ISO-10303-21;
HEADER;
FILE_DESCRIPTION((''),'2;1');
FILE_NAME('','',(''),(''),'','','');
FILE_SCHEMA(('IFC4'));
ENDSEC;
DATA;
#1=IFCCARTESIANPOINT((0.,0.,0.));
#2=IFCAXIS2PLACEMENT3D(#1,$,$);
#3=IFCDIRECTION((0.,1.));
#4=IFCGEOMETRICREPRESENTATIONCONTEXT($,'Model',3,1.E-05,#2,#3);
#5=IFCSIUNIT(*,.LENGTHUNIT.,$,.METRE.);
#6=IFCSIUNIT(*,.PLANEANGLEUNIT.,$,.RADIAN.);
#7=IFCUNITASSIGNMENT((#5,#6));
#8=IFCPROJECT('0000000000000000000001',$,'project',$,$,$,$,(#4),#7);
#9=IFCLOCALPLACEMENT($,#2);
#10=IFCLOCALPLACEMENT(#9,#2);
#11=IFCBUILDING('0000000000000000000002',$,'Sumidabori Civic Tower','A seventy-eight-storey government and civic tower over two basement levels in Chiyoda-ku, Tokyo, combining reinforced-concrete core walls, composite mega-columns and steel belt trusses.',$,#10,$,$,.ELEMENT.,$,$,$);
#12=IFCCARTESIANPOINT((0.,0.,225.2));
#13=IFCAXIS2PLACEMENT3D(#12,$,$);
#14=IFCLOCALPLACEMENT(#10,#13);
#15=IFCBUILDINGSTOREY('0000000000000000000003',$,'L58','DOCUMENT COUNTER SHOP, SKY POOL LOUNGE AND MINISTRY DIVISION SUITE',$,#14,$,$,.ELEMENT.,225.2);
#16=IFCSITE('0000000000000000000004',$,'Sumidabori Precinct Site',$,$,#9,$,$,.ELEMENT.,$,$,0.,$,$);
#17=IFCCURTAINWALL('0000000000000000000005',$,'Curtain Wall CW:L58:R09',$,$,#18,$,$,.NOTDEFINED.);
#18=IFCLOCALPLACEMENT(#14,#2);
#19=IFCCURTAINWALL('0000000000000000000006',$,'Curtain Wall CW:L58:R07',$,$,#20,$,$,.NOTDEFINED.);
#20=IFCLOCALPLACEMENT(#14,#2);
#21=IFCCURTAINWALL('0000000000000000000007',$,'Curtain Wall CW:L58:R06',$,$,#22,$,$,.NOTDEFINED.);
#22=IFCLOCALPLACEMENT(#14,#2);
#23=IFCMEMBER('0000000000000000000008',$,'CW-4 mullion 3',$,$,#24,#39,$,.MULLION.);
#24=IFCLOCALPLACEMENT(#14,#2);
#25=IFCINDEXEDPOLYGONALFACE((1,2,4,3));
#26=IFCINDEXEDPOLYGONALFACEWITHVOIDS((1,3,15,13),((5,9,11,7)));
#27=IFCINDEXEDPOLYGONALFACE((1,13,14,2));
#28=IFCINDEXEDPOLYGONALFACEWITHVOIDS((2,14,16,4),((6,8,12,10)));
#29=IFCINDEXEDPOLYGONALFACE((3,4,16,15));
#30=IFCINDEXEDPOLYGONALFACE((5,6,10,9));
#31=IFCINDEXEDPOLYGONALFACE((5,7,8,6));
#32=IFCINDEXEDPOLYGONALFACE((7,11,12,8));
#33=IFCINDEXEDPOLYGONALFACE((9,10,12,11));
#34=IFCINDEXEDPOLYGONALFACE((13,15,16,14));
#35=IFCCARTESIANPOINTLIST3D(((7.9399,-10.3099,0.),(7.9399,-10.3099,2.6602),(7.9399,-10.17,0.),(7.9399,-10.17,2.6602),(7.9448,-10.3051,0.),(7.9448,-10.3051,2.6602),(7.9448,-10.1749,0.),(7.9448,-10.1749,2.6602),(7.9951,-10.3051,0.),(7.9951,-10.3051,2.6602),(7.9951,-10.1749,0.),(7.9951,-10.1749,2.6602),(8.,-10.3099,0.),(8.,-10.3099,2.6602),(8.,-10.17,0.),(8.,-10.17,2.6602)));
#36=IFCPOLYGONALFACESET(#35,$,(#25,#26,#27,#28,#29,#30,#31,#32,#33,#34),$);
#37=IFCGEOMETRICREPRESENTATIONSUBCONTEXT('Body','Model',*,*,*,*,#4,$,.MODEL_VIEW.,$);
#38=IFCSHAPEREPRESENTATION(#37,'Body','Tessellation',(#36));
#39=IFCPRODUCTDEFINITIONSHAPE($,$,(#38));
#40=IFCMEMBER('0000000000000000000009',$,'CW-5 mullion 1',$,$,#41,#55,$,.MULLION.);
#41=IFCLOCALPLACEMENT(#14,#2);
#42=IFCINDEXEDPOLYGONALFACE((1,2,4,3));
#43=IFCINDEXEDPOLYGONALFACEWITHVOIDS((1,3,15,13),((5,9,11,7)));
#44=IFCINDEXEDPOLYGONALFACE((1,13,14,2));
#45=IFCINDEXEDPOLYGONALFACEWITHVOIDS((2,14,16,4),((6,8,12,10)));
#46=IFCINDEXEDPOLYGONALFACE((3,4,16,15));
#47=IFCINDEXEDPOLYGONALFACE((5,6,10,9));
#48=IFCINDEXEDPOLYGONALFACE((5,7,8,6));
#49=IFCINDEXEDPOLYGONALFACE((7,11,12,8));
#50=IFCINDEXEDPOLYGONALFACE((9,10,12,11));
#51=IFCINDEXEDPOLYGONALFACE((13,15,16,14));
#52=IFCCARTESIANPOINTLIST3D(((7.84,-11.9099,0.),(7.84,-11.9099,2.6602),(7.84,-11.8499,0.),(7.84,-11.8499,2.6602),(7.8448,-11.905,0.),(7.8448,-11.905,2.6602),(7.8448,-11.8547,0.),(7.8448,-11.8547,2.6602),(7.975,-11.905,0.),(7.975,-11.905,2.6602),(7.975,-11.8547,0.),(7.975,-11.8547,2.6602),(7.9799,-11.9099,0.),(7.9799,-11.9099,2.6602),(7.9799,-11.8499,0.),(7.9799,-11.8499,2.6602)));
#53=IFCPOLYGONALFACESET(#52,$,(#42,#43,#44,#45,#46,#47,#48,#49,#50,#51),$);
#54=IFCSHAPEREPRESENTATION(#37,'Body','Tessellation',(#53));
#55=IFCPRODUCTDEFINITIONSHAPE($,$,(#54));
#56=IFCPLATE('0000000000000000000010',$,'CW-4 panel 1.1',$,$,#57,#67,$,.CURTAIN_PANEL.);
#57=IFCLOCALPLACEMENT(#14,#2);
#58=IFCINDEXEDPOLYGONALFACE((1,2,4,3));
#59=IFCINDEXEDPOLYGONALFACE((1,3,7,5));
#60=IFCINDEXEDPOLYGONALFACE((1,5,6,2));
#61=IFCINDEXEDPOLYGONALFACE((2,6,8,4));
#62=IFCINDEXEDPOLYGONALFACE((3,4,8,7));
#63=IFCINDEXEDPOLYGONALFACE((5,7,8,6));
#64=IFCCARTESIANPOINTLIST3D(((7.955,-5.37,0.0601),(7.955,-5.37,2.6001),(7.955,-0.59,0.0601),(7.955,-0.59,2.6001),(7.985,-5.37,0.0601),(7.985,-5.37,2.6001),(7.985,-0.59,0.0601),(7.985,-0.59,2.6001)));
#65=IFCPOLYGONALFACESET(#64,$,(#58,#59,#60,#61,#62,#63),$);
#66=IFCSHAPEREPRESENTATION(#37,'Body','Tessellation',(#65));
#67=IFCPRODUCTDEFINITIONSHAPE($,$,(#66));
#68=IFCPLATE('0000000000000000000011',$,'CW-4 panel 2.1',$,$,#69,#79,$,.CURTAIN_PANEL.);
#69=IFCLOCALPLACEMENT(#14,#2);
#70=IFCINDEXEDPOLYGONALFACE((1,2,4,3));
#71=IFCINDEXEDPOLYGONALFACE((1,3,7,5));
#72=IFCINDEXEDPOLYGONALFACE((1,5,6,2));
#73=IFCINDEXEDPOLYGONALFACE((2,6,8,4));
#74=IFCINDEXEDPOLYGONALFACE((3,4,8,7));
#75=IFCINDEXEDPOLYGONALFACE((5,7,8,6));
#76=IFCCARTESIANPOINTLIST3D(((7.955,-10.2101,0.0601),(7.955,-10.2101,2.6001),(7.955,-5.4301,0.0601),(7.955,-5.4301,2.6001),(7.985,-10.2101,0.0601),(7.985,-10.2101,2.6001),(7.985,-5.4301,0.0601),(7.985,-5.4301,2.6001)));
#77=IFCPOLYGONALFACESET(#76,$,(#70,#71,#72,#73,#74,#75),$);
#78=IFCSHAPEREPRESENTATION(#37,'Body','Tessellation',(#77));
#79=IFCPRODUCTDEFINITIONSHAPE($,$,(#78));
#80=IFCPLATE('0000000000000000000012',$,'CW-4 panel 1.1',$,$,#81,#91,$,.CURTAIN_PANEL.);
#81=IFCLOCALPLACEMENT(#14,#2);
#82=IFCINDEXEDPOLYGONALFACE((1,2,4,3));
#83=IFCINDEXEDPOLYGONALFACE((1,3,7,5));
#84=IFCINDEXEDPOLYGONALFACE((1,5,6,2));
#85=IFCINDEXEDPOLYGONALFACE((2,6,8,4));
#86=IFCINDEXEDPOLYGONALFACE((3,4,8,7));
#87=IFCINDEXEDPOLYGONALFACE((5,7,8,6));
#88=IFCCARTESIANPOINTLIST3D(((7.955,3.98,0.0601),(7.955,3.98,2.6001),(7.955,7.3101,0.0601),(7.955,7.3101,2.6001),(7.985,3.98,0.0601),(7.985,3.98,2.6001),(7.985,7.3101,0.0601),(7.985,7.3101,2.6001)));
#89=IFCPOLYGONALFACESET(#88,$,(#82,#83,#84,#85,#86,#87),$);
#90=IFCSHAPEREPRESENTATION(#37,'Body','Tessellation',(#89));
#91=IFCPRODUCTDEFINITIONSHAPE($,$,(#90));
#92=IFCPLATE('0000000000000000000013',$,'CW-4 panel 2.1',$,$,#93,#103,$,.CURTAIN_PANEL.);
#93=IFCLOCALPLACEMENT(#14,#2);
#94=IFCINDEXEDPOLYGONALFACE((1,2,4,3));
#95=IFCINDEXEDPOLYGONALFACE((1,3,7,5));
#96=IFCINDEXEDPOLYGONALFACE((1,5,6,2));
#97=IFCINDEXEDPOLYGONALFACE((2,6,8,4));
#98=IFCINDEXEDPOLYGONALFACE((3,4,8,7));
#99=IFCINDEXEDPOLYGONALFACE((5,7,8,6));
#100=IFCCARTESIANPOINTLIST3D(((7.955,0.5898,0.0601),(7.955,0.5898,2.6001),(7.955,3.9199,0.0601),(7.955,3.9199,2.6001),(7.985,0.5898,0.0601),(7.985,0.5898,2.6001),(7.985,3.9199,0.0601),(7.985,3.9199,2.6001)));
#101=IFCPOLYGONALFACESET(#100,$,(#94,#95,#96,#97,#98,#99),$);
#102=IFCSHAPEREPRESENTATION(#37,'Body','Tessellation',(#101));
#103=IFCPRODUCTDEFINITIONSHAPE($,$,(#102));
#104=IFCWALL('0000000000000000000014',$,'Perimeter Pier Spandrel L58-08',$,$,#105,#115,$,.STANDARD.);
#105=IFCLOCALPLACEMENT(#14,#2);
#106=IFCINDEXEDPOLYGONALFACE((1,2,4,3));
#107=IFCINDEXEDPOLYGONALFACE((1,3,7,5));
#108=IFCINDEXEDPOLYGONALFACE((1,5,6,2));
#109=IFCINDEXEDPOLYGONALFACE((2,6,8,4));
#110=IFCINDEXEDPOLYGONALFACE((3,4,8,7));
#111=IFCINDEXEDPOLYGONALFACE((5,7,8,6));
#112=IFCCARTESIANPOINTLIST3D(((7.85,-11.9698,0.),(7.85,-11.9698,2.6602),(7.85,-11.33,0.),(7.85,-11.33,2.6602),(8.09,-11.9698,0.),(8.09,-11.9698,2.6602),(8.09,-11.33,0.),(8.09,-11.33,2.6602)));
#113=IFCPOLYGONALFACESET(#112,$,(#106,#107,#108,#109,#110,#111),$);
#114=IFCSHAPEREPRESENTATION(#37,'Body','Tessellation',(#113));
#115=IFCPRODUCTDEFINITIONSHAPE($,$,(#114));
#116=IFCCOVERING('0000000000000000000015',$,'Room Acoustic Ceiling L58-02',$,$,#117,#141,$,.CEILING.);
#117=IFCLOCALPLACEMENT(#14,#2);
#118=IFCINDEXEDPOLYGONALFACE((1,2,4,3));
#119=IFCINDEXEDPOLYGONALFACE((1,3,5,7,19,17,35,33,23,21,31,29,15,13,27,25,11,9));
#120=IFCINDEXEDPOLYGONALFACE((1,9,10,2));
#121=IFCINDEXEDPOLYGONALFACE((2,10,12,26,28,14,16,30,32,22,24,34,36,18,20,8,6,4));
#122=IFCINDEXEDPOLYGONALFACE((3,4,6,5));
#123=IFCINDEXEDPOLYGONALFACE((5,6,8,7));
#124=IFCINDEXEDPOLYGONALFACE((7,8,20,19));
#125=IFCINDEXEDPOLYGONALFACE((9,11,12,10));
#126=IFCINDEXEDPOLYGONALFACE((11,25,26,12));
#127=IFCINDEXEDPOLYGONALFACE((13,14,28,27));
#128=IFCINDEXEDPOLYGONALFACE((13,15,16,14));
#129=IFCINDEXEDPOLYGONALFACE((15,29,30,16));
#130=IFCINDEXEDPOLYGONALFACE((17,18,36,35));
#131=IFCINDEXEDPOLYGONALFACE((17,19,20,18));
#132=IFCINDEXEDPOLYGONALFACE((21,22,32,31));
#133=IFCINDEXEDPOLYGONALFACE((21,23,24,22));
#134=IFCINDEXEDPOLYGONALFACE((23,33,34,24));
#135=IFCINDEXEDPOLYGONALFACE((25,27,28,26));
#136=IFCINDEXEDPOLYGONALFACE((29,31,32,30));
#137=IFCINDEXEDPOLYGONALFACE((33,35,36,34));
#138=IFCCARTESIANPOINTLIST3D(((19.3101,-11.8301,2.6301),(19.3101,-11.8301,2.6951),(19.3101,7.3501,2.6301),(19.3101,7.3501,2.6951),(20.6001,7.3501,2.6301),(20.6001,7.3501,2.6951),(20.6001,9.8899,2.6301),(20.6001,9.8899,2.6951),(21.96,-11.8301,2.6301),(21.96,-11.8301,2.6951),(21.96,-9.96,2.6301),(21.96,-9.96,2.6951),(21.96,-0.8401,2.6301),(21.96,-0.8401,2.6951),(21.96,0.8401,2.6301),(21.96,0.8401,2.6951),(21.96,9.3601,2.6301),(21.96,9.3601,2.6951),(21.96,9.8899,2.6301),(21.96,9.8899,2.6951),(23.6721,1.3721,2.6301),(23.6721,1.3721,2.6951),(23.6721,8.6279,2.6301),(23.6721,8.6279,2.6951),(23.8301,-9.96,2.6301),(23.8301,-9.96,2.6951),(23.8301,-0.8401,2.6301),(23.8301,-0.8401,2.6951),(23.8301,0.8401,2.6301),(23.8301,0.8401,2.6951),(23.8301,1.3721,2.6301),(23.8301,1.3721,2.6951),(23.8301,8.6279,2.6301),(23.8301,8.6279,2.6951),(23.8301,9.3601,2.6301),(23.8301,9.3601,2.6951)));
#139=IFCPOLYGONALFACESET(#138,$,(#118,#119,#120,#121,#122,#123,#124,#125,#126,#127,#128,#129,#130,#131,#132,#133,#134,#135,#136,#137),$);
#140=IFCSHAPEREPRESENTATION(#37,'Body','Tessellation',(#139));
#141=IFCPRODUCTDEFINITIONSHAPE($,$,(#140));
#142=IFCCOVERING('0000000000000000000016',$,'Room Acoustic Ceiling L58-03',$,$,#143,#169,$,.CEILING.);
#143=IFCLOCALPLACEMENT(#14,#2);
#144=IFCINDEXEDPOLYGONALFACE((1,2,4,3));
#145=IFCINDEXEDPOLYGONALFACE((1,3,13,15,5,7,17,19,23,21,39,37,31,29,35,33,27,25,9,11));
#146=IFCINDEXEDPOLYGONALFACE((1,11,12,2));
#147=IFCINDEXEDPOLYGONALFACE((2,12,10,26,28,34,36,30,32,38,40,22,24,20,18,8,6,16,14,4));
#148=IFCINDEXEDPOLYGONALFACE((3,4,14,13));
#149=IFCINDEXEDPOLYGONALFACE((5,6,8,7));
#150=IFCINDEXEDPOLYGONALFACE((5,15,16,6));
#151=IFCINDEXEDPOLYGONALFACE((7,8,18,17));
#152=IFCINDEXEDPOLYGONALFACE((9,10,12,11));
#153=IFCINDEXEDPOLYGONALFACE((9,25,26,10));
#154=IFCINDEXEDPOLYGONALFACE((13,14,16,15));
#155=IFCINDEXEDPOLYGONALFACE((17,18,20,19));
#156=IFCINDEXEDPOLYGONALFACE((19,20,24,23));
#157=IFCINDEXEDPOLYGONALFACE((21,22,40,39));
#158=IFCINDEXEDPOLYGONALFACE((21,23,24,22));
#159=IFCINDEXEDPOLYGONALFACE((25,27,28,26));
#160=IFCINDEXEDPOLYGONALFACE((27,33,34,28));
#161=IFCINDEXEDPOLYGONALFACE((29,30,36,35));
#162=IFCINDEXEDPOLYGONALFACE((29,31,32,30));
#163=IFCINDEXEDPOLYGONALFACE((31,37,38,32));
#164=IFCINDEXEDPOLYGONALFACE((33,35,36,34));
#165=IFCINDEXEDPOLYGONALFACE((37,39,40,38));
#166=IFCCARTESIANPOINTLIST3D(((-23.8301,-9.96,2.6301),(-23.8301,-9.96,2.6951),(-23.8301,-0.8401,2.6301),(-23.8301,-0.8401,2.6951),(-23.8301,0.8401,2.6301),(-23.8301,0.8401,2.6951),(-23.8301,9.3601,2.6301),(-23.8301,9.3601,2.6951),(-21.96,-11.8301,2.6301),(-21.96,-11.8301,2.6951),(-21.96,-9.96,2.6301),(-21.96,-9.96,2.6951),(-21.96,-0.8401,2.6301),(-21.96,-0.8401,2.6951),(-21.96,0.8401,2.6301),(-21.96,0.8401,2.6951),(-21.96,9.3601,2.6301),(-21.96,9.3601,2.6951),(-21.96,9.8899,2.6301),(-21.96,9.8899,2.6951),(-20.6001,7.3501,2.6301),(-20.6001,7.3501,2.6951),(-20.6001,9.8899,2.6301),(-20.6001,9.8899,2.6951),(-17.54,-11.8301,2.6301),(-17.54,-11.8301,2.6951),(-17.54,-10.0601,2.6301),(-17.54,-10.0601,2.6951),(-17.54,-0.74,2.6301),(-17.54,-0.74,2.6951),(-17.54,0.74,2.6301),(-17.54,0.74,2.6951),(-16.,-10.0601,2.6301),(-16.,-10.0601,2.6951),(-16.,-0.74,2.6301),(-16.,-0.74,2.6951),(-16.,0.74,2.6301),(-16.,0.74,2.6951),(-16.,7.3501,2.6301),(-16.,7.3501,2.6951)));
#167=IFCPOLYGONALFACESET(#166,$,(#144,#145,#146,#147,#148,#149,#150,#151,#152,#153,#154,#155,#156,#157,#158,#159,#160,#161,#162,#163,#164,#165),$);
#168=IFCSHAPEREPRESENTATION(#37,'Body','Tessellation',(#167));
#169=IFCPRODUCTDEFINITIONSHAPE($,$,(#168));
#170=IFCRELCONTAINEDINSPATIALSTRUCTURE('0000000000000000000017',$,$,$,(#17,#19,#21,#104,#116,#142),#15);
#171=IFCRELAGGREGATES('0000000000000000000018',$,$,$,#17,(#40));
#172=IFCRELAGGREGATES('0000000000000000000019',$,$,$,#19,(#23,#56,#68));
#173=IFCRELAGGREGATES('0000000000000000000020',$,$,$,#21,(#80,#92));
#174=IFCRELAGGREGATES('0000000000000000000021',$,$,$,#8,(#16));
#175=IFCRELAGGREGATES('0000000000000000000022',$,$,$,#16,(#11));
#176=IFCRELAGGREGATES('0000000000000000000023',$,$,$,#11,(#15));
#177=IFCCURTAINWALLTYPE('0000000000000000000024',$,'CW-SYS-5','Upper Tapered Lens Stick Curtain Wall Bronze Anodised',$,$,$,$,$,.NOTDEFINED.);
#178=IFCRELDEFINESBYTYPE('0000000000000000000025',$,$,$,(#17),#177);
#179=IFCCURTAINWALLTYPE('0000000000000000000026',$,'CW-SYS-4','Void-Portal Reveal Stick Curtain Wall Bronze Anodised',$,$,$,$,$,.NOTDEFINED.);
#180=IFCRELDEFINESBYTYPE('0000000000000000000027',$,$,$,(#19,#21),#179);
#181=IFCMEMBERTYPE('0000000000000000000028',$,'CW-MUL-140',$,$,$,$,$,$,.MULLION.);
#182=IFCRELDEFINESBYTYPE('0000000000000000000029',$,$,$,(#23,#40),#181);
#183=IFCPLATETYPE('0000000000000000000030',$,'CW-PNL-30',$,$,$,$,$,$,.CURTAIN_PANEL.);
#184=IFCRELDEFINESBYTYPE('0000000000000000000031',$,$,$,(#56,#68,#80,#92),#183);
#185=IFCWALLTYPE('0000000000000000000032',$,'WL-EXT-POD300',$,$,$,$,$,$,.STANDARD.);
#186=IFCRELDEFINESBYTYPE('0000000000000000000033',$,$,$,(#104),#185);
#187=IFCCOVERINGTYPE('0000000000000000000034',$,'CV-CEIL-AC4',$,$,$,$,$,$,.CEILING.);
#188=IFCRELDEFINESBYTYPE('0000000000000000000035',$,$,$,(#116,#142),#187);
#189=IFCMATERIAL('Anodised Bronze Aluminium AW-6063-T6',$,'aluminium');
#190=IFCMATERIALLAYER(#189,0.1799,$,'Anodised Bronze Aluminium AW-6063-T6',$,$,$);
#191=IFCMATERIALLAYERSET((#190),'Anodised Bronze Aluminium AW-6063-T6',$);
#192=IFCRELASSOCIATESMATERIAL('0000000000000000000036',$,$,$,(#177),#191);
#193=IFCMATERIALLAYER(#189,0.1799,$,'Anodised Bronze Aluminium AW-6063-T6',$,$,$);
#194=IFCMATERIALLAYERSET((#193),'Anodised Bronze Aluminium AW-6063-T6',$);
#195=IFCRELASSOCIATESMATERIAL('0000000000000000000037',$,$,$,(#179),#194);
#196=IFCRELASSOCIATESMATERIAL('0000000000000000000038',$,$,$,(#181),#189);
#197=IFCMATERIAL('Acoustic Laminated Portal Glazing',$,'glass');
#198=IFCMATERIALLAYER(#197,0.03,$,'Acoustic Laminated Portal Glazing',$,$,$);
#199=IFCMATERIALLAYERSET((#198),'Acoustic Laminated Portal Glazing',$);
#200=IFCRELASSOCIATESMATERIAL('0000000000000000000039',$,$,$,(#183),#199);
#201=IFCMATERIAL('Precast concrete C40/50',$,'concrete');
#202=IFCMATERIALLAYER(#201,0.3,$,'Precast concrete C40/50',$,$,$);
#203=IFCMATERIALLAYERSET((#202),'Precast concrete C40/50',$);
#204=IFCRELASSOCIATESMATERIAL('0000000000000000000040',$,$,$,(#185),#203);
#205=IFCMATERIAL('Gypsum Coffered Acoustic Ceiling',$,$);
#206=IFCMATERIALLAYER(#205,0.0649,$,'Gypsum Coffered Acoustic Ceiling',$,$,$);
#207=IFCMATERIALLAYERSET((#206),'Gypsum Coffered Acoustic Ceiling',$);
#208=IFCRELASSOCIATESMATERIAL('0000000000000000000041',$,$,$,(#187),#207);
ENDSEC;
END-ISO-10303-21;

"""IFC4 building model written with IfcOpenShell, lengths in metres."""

from ifc_helpers import new_model, si_unit, direction, frame, frame_2d, origin, origin_2d, place, context, subcontext, project, spatial, polyline, rectangle, hollow_rectangle, outline, extrude, source, transform, mapped, material, layer, layer_set, material_profile, profile_set, type_object, element, aggregate, save


model = new_model("IFC4")

# Units and contexts
model_context = context("Model", 3, precision=1e-05, world=origin(), true_north=direction((0.0, 1.0)))
body_context = subcontext(model_context, "Body", "Model", "MODEL_VIEW")
ifc_project = project(units=[si_unit("LENGTHUNIT", "METRE"), si_unit("PLANEANGLEUNIT", "RADIAN")], contexts=[model_context])

# Site, building, storey
site_placement = place(None, origin())
site = spatial("IfcSite", under=ifc_project, at=site_placement, Name="Sumidabori Precinct Site", CompositionType="ELEMENT", RefElevation=0.0)
building_placement = place(site_placement, origin())
building = spatial("IfcBuilding", under=site, at=building_placement, Name="Sumidabori Civic Tower", Description="A seventy-eight-storey government and civic tower over two basement levels in Chiyoda-ku, Tokyo, combining reinforced-concrete core walls, composite mega-columns and steel belt trusses.", CompositionType="ELEMENT")
storey_placement = place(building_placement, frame((0.0, 0.0, 225.2)))
storey = spatial("IfcBuildingStorey", under=building, at=storey_placement, Name="L58", Description="DOCUMENT COUNTER SHOP, SKY POOL LOUNGE AND MINISTRY DIVISION SUITE", CompositionType="ELEMENT", Elevation=225.2)

# Curtain walls
ifc_material_1 = material(Name="Anodised Bronze Aluminium AW-6063-T6", Category="aluminium")
ifc_layer_1 = layer(ifc_material_1, 0.1799, Name="Anodised Bronze Aluminium AW-6063-T6")
ifc_layer_set_1 = layer_set([ifc_layer_1], Name="Anodised Bronze Aluminium AW-6063-T6")
curtain_wall_type_1 = type_object("IfcCurtainWallType", Name="CW-SYS-5", Description="Upper Tapered Lens Stick Curtain Wall Bronze Anodised", PredefinedType="NOTDEFINED", material=ifc_layer_set_1)
curtain_wall_1_placement = place(storey_placement, origin())
curtain_wall_1 = element("IfcCurtainWall", 1, at=curtain_wall_1_placement, inside=storey, type_object=curtain_wall_type_1, Name="Curtain Wall CW:L58:R09", PredefinedType="NOTDEFINED")
ifc_layer_2 = layer(ifc_material_1, 0.1799, Name="Anodised Bronze Aluminium AW-6063-T6")
ifc_layer_set_2 = layer_set([ifc_layer_2], Name="Anodised Bronze Aluminium AW-6063-T6")
curtain_wall_type_2 = type_object("IfcCurtainWallType", Name="CW-SYS-4", Description="Void-Portal Reveal Stick Curtain Wall Bronze Anodised", PredefinedType="NOTDEFINED", material=ifc_layer_set_2)
curtain_wall_2_placement = place(storey_placement, origin())
curtain_wall_2 = element("IfcCurtainWall", 2, at=curtain_wall_2_placement, inside=storey, type_object=curtain_wall_type_2, Name="Curtain Wall CW:L58:R07", PredefinedType="NOTDEFINED")
curtain_wall_3_placement = place(storey_placement, origin())
curtain_wall_3 = element("IfcCurtainWall", 3, at=curtain_wall_3_placement, inside=storey, type_object=curtain_wall_type_2, Name="Curtain Wall CW:L58:R06", PredefinedType="NOTDEFINED")
ifc_material_profile_1 = material_profile(ifc_material_1, hollow_rectangle(XDim=0.0601, YDim=0.1399, WallThickness=0.0049, at=origin_2d()), Name="ALU MULLION 140x60")
ifc_profile_set_1 = profile_set([ifc_material_profile_1], Name="Anodised Bronze Aluminium AW-6063-T6")
member_type_1 = type_object("IfcMemberType", Name="CW-MUL-140", PredefinedType="MULLION", material=ifc_profile_set_1)
shared_shape_1 = source(origin(), body_context, "Body", "SweptSolid", [
    extrude(hollow_rectangle(XDim=0.0601, YDim=0.1399, WallThickness=0.0049, at=origin_2d()), origin(), (0.0, 0.0, 1.0), 2.6602),
])

# Members
member_1_placement = place(storey_placement, frame((7.97, -10.24, 0.0), z_axis=(0.0, 0.0, 1.0), x_axis=(1.0, 0.0, 0.0)))
member_1 = element("IfcMember", 4, at=member_1_placement, type_object=member_type_1, Name="CW-4 mullion 3", PredefinedType="MULLION", context=body_context, shape_type="MappedRepresentation", body=[
    mapped(shared_shape_1, transform((0.0, 0.0, 0.0), x_axis=(1.0, 0.0, 0.0), y_axis=(0.0, 1.0, 0.0), z_axis=(0.0, 0.0, 1.0), scale=1.0)),
])
member_2_placement = place(storey_placement, frame((7.9099, -11.8799, 0.0), z_axis=(0.0, 0.0, 1.0), x_axis=(0.0, 1.0, 0.0)))
member_2 = element("IfcMember", 5, at=member_2_placement, type_object=member_type_1, Name="CW-5 mullion 1", PredefinedType="MULLION", context=body_context, shape_type="MappedRepresentation", body=[
    mapped(shared_shape_1, transform((0.0, 0.0, 0.0), x_axis=(1.0, 0.0, 0.0), y_axis=(0.0, 1.0, 0.0), z_axis=(0.0, 0.0, 1.0), scale=1.0)),
])
aggregate(curtain_wall_1, [member_2])

# Plates
ifc_material_2 = material(Name="Acoustic Laminated Portal Glazing", Category="glass")
ifc_layer_3 = layer(ifc_material_2, 0.03, Name="Acoustic Laminated Portal Glazing")
ifc_layer_set_3 = layer_set([ifc_layer_3], Name="Acoustic Laminated Portal Glazing")
plate_type = type_object("IfcPlateType", Name="CW-PNL-30", PredefinedType="CURTAIN_PANEL", material=ifc_layer_set_3)
shared_shape_2 = source(origin(), body_context, "Body", "SweptSolid", [
    extrude(rectangle(XDim=4.78, YDim=0.03, at=origin_2d()), origin(), (0.0, 0.0, 1.0), 2.54),
])
plate_1_placement = place(storey_placement, frame((7.97, -2.98, 0.0601), z_axis=(0.0, 0.0, 1.0), x_axis=(0.0, -1.0, 0.0)))
plate_1 = element("IfcPlate", 6, at=plate_1_placement, type_object=plate_type, Name="CW-4 panel 1.1", PredefinedType="CURTAIN_PANEL", context=body_context, shape_type="MappedRepresentation", body=[
    mapped(shared_shape_2, transform((0.0, 0.0, 0.0), x_axis=(1.0, 0.0, 0.0), y_axis=(0.0, 1.0, 0.0), z_axis=(0.0, 0.0, 1.0), scale=1.0)),
])
plate_2_placement = place(storey_placement, frame((7.97, -7.8201, 0.0601), z_axis=(0.0, 0.0, 1.0), x_axis=(0.0, -1.0, 0.0)))
plate_2 = element("IfcPlate", 7, at=plate_2_placement, type_object=plate_type, Name="CW-4 panel 2.1", PredefinedType="CURTAIN_PANEL", context=body_context, shape_type="MappedRepresentation", body=[
    mapped(shared_shape_2, transform((0.0, 0.0, 0.0), x_axis=(1.0, 0.0, 0.0), y_axis=(0.0, 1.0, 0.0), z_axis=(0.0, 0.0, 1.0), scale=1.0)),
])
aggregate(curtain_wall_2, [member_1, plate_1, plate_2])
shared_shape_3 = source(origin(), body_context, "Body", "SweptSolid", [
    extrude(rectangle(XDim=3.3301, YDim=0.03, at=origin_2d()), origin(), (0.0, 0.0, 1.0), 2.54),
])
plate_3_placement = place(storey_placement, frame((7.97, 5.645, 0.0601), z_axis=(0.0, 0.0, 1.0), x_axis=(0.0, -1.0, 0.0)))
plate_3 = element("IfcPlate", 8, at=plate_3_placement, type_object=plate_type, Name="CW-4 panel 1.1", PredefinedType="CURTAIN_PANEL", context=body_context, shape_type="MappedRepresentation", body=[
    mapped(shared_shape_3, transform((0.0, 0.0, 0.0), x_axis=(1.0, 0.0, 0.0), y_axis=(0.0, 1.0, 0.0), z_axis=(0.0, 0.0, 1.0), scale=1.0)),
])
plate_4_placement = place(storey_placement, frame((7.97, 2.2549, 0.0601), z_axis=(0.0, 0.0, 1.0), x_axis=(0.0, -1.0, 0.0)))
plate_4 = element("IfcPlate", 9, at=plate_4_placement, type_object=plate_type, Name="CW-4 panel 2.1", PredefinedType="CURTAIN_PANEL", context=body_context, shape_type="MappedRepresentation", body=[
    mapped(shared_shape_3, transform((0.0, 0.0, 0.0), x_axis=(1.0, 0.0, 0.0), y_axis=(0.0, 1.0, 0.0), z_axis=(0.0, 0.0, 1.0), scale=1.0)),
])
aggregate(curtain_wall_3, [plate_3, plate_4])

# Wall
ifc_material_3 = material(Name="Precast concrete C40/50", Category="concrete")
ifc_layer_4 = layer(ifc_material_3, 0.3, Name="Precast concrete C40/50")
ifc_layer_set_4 = layer_set([ifc_layer_4], Name="Precast concrete C40/50")
wall_type = type_object("IfcWallType", Name="WL-EXT-POD300", PredefinedType="STANDARD", material=ifc_layer_set_4)
shared_shape_4 = source(origin(), body_context, "Body", "SweptSolid", [
    extrude(rectangle(XDim=0.6399, YDim=0.24, at=frame_2d((0.3198, 0.0))), origin(), (0.0, 0.0, 1.0), 2.6602),
])
wall_placement = place(storey_placement, frame((7.97, -11.3301, 0.0), z_axis=(0.0, 0.0, 1.0), x_axis=(0.0, -1.0, 0.0)))
element("IfcWall", 10, at=wall_placement, inside=storey, type_object=wall_type, Name="Perimeter Pier Spandrel L58-08", PredefinedType="STANDARD", context=body_context, shape_type="MappedRepresentation", body=[
    mapped(shared_shape_4, transform((0.0, 0.0, 0.0), x_axis=(1.0, 0.0, 0.0), y_axis=(0.0, 1.0, 0.0), z_axis=(0.0, 0.0, 1.0), scale=1.0)),
])

# Coverings
ifc_material_4 = material(Name="Gypsum Coffered Acoustic Ceiling")
ifc_layer_5 = layer(ifc_material_4, 0.0649, Name="Gypsum Coffered Acoustic Ceiling")
ifc_layer_set_5 = layer_set([ifc_layer_5], Name="Gypsum Coffered Acoustic Ceiling")
covering_type_1 = type_object("IfcCoveringType", Name="CV-CEIL-AC4", PredefinedType="CEILING", material=ifc_layer_set_5)
covering_1_placement = place(storey_placement, frame((0.0, 0.0, 2.6301)))
element("IfcCovering", 11, at=covering_1_placement, inside=storey, type_object=covering_type_1, Name="Room Acoustic Ceiling L58-02", PredefinedType="CEILING", context=body_context, shape_type="SweptSolid", body=[
    extrude(outline(polyline([(20.6001, 7.3501), (20.6001, 9.8899), (21.96, 9.8899), (21.96, 9.3601), (23.8301, 9.3601), (23.8301, 8.6279), (23.6721, 8.6279), (23.6721, 1.3721), (23.8301, 1.3721), (23.8301, 0.8401), (21.96, 0.8401), (21.96, -0.8401), (23.8301, -0.8401), (23.8301, -9.96), (21.96, -9.96), (21.96, -11.8301), (19.3101, -11.8301), (19.3101, 7.3501), (20.6001, 7.3501)])), origin(), (0.0, 0.0, 1.0), 0.0649),
])
covering_2_placement = place(storey_placement, frame((0.0, 0.0, 2.6301)))
element("IfcCovering", 12, at=covering_2_placement, inside=storey, type_object=covering_type_1, Name="Room Acoustic Ceiling L58-03", PredefinedType="CEILING", context=body_context, shape_type="SweptSolid", body=[
    extrude(outline(polyline([(-23.8301, -0.8401), (-21.96, -0.8401), (-21.96, 0.8401), (-23.8301, 0.8401), (-23.8301, 9.3601), (-21.96, 9.3601), (-21.96, 9.8899), (-20.6001, 9.8899), (-20.6001, 7.3501), (-16.0, 7.3501), (-16.0, 0.74), (-17.54, 0.74), (-17.54, -0.74), (-16.0, -0.74), (-16.0, -10.0601), (-17.54, -10.0601), (-17.54, -11.8301), (-21.96, -11.8301), (-21.96, -9.96), (-23.8301, -9.96), (-23.8301, -0.8401)])), origin(), (0.0, 0.0, 1.0), 0.0649),
])

save(model, "model.ifc")
